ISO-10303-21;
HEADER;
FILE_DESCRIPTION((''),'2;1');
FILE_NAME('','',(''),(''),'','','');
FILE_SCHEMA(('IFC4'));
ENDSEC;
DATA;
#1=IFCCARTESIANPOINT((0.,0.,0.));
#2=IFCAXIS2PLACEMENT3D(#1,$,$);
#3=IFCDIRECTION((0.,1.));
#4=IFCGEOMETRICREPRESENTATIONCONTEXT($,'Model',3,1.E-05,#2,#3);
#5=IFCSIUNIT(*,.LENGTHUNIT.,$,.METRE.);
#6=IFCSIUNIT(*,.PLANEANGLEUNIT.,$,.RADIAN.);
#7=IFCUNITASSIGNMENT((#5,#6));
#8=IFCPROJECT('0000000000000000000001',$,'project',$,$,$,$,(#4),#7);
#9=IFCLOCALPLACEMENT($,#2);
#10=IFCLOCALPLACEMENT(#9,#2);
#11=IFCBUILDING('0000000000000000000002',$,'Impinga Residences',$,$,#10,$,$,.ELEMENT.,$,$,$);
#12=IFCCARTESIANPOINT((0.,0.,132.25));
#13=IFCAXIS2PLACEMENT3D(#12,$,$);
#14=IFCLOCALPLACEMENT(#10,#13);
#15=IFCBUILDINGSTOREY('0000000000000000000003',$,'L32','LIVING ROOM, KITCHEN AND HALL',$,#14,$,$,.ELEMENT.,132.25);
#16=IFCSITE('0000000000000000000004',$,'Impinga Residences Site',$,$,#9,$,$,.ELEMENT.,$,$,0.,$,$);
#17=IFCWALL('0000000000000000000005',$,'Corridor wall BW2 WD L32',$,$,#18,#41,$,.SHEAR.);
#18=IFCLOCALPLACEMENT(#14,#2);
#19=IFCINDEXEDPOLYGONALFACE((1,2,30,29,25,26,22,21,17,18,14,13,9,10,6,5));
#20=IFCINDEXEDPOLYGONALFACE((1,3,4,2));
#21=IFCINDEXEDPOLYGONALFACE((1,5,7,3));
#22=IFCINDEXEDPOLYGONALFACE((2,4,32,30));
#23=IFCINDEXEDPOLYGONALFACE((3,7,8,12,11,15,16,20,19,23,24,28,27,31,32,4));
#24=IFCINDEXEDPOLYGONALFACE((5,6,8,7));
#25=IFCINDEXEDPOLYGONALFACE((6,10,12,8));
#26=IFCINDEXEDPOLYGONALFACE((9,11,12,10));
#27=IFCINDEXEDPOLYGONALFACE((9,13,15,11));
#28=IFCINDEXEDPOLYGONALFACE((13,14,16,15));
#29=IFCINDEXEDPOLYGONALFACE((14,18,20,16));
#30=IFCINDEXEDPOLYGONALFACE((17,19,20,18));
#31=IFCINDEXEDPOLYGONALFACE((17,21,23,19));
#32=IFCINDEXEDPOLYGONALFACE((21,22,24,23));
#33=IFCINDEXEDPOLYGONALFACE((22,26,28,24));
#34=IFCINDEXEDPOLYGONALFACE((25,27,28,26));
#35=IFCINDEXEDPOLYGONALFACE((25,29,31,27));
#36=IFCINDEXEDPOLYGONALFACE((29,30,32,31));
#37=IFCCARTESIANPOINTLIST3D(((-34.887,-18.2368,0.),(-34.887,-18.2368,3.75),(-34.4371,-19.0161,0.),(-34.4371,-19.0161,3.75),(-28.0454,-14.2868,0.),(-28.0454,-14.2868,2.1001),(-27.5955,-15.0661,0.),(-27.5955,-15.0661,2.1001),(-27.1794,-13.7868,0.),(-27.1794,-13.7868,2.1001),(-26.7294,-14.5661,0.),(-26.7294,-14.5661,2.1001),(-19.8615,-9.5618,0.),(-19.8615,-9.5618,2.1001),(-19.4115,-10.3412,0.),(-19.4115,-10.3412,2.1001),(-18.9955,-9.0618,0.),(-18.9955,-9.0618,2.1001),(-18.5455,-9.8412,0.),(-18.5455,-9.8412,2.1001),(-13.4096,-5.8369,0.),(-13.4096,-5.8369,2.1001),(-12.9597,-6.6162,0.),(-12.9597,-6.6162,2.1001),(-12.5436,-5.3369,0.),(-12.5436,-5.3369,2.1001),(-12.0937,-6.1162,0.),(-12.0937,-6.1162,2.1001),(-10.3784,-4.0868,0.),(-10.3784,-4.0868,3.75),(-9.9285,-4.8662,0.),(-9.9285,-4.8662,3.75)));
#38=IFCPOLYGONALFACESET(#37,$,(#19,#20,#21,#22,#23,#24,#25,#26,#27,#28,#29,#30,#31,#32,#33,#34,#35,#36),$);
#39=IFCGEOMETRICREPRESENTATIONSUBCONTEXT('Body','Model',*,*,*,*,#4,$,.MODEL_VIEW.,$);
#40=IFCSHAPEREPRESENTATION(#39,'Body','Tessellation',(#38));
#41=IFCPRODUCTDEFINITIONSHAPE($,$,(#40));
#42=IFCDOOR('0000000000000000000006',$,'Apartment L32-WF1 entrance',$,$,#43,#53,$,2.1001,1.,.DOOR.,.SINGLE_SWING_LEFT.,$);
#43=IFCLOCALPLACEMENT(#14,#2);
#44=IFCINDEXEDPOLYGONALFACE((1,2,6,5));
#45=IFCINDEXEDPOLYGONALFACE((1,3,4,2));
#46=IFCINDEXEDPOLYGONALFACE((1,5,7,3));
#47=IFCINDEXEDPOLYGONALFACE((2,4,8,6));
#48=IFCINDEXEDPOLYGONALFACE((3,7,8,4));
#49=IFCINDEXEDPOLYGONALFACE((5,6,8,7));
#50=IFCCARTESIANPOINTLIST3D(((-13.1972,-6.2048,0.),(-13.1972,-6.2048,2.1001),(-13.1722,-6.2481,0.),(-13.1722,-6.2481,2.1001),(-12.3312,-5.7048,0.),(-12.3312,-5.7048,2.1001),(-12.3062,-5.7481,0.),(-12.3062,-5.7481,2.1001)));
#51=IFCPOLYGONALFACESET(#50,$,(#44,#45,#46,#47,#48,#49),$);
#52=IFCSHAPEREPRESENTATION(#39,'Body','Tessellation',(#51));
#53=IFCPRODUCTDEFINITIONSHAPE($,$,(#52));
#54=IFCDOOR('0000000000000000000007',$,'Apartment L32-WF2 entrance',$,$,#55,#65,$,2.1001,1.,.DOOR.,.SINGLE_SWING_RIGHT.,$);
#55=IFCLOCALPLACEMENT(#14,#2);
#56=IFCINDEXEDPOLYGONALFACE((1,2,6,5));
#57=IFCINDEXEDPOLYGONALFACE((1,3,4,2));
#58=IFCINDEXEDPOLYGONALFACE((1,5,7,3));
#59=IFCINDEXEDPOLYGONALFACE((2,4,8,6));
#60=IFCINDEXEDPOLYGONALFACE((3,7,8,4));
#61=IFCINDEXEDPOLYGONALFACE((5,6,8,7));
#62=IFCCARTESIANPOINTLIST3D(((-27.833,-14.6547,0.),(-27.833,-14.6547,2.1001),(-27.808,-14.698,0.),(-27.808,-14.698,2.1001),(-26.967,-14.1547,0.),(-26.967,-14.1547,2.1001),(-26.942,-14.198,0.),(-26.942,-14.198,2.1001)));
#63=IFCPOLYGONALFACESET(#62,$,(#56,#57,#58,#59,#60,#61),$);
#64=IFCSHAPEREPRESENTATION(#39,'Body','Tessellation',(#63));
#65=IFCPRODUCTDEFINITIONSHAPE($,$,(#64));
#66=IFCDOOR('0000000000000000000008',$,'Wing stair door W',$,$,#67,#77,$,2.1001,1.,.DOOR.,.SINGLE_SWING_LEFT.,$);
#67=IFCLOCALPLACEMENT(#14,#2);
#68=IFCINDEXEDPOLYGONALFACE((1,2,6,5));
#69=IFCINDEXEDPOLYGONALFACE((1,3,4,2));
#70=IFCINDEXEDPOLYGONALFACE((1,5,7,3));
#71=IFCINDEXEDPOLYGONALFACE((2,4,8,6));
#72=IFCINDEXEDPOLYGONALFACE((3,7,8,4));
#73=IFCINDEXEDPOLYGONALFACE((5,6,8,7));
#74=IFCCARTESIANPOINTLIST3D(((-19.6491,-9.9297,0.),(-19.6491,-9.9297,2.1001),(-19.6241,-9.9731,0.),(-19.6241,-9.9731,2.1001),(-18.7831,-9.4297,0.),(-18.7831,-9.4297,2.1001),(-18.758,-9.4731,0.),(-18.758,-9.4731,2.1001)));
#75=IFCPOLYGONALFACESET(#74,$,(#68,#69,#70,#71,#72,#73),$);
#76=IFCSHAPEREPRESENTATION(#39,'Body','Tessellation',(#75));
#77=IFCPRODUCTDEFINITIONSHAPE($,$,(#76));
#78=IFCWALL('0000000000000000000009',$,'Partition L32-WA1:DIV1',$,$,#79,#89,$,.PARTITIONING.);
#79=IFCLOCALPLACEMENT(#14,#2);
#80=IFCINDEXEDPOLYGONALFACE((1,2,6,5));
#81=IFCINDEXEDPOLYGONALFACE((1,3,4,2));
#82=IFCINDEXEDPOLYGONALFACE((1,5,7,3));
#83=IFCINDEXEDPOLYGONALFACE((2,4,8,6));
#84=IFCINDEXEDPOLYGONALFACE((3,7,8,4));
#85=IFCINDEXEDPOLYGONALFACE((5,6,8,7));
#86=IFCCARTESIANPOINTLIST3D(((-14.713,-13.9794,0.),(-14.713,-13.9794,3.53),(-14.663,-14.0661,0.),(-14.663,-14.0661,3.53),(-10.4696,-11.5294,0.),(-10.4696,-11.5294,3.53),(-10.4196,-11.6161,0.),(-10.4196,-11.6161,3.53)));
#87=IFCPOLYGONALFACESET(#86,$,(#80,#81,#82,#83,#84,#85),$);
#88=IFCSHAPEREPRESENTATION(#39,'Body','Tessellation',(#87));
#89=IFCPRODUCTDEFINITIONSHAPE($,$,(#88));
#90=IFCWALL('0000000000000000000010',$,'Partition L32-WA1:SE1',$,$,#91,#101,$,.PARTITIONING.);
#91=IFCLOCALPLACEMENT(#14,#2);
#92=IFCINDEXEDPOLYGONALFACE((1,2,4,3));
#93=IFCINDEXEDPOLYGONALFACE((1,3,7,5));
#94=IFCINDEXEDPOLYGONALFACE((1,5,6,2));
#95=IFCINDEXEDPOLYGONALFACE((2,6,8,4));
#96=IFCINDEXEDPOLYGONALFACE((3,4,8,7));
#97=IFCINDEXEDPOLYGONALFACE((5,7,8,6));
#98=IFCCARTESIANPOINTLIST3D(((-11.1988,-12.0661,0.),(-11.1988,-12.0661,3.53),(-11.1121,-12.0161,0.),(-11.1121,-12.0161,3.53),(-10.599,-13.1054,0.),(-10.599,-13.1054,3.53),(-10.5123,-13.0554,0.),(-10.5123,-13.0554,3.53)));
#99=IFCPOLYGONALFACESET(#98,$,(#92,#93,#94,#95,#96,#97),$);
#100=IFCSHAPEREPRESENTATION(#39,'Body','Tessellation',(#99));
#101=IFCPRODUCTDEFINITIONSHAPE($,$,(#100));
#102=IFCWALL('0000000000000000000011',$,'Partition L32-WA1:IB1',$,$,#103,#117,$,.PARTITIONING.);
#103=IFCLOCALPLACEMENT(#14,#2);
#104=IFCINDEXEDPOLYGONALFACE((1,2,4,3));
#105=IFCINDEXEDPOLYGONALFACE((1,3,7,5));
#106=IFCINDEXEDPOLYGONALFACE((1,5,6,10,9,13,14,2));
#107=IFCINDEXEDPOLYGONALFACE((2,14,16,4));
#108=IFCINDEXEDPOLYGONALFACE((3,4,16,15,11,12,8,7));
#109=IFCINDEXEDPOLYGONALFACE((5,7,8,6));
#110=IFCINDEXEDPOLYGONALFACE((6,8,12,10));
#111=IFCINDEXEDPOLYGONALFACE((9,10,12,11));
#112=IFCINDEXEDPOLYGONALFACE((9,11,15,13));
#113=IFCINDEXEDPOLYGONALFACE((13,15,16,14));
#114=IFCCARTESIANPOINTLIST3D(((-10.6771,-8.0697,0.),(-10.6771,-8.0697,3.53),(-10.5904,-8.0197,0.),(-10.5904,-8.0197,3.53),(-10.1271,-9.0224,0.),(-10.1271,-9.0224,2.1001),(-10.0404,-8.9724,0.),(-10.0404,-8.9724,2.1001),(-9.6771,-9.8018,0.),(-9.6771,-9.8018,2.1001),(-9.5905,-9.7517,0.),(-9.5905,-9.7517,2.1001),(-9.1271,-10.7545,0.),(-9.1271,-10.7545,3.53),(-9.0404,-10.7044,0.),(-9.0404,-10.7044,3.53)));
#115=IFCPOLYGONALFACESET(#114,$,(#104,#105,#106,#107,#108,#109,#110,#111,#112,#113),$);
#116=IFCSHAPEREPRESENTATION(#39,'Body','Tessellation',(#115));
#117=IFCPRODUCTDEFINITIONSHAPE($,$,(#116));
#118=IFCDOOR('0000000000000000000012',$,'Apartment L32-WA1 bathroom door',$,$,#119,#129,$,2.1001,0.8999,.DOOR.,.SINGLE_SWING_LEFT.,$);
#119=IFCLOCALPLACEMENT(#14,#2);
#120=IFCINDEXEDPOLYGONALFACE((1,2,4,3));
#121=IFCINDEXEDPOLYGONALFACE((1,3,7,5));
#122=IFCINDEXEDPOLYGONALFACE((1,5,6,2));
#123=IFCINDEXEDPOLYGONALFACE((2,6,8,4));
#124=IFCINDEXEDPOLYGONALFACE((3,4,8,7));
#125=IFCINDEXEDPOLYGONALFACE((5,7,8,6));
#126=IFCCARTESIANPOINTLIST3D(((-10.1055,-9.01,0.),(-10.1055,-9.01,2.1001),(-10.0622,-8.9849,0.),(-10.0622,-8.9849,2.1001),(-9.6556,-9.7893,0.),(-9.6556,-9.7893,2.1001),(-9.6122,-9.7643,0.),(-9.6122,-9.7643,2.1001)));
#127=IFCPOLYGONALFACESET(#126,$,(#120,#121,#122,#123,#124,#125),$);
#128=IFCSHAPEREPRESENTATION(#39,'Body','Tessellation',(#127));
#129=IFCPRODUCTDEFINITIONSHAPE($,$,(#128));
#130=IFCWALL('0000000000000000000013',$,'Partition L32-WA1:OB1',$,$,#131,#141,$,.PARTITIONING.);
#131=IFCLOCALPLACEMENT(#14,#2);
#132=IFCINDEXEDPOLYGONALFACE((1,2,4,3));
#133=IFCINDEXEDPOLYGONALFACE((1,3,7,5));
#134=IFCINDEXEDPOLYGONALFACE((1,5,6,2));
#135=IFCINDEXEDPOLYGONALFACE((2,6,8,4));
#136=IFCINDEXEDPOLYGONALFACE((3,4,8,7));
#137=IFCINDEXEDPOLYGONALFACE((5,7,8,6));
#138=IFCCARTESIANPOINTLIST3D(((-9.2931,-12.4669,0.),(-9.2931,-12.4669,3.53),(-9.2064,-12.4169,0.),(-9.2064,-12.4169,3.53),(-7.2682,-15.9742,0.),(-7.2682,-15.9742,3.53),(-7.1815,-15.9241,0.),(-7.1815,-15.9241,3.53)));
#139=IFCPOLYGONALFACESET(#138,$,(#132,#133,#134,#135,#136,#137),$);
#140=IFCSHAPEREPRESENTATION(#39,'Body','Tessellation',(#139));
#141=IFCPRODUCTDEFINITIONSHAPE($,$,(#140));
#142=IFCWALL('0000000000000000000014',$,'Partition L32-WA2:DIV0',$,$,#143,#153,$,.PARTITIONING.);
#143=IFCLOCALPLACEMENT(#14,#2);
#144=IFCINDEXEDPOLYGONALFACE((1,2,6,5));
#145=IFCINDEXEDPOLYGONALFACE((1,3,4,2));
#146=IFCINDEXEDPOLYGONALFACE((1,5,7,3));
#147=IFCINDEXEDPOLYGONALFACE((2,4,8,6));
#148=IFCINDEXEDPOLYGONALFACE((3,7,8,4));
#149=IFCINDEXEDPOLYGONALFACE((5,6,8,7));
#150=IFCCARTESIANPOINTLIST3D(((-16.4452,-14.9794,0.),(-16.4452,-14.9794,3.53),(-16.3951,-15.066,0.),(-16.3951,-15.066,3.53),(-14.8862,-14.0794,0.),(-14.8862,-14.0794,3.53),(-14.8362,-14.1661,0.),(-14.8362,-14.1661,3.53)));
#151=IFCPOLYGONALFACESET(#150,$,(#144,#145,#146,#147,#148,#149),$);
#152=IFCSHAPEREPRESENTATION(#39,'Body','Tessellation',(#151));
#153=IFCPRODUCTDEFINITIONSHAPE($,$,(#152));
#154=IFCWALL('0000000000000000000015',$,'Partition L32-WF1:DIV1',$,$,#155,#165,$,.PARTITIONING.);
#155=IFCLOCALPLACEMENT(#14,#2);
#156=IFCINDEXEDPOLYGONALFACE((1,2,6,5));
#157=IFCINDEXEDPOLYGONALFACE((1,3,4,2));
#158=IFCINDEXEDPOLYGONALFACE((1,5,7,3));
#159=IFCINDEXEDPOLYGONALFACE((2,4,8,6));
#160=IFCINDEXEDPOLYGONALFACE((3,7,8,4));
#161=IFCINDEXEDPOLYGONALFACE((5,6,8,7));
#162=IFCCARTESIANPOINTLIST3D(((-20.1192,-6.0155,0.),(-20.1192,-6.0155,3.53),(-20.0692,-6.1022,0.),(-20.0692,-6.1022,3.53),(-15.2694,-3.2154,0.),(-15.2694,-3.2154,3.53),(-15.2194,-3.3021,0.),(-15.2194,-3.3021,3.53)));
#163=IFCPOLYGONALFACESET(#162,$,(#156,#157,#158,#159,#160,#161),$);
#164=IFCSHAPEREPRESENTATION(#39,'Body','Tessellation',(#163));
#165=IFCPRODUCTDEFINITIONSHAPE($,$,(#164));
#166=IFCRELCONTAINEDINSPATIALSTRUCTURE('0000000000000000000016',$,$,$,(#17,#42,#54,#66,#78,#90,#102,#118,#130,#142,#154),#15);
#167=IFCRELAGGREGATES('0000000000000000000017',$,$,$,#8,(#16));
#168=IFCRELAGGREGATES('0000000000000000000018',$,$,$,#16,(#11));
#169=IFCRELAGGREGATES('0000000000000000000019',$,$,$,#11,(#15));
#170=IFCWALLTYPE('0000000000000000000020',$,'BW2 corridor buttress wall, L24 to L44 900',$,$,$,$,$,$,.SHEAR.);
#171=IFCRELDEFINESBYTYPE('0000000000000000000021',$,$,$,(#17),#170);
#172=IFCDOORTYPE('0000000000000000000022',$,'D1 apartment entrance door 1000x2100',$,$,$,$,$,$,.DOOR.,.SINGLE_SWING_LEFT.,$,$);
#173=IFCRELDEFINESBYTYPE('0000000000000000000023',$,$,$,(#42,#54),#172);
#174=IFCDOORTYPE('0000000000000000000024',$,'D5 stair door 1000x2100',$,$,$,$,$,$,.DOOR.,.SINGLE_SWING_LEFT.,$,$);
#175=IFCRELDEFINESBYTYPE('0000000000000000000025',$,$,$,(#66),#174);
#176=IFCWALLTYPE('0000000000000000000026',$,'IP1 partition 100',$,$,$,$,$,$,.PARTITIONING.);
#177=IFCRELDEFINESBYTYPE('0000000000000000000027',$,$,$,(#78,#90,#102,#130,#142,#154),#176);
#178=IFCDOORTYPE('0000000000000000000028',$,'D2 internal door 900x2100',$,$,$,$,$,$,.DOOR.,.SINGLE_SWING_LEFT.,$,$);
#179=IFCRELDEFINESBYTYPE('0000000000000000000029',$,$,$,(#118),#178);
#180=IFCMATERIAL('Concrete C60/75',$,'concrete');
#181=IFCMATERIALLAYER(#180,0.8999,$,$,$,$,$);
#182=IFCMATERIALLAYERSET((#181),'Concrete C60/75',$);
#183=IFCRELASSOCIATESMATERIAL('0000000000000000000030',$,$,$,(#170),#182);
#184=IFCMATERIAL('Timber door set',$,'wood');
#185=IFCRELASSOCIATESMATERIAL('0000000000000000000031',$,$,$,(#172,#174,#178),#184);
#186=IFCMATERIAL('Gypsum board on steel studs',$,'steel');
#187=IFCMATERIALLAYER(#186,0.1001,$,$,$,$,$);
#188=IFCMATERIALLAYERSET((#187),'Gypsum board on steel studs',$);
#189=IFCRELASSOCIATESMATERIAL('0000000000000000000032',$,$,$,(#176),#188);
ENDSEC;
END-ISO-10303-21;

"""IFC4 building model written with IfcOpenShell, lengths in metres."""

from ifc_helpers import new_model, si_unit, direction, frame, frame_2d, origin, place, context, subcontext, project, spatial, rectangle, extrude, material, layer, layer_set, type_object, element, fill, save


model = new_model("IFC4")

# Units and contexts
model_context = context("Model", 3, precision=1e-05, world=origin(), true_north=direction((0.0, 1.0)))
body_context = subcontext(model_context, "Body", "Model", "MODEL_VIEW")
ifc_project = project(units=[si_unit("LENGTHUNIT", "METRE"), si_unit("PLANEANGLEUNIT", "RADIAN")], contexts=[model_context])

# Site, building, storey
site_placement = place(None, origin())
site = spatial("IfcSite", under=ifc_project, at=site_placement, Name="Impinga Residences Site", CompositionType="ELEMENT", RefElevation=0.0)
building_placement = place(site_placement, origin())
building = spatial("IfcBuilding", under=site, at=building_placement, Name="Impinga Residences", CompositionType="ELEMENT")
storey_placement = place(building_placement, frame((0.0, 0.0, 132.25)))
storey = spatial("IfcBuildingStorey", under=building, at=storey_placement, Name="L32", Description="LIVING ROOM, KITCHEN AND HALL", CompositionType="ELEMENT", Elevation=132.25)

# Shared definitions
ifc_material_1 = material(Name="Concrete C60/75", Category="concrete")

# Wall, openings, doors
ifc_layer_1 = layer(ifc_material_1, 0.8999)
ifc_layer_set_1 = layer_set([ifc_layer_1], Name="Concrete C60/75")
wall_type_1 = type_object("IfcWallType", Name="BW2 corridor buttress wall, L24 to L44 900", PredefinedType="SHEAR", material=ifc_layer_set_1)
ifc_material_2 = material(Name="Timber door set", Category="wood")
door_type_1 = type_object("IfcDoorType", Name="D1 apartment entrance door 1000x2100", OperationType="SINGLE_SWING_LEFT", PredefinedType="DOOR", material=ifc_material_2)
wall_1_placement = place(storey_placement, frame((-10.1536, -4.4766, 0.0), z_axis=(0.0, 0.0, 1.0), x_axis=(-0.866027, -0.499997, 0.0)))
wall_1 = element("IfcWall", 1, at=wall_1_placement, inside=storey, type_object=wall_type_1, Name="Corridor wall BW2 WD L32", PredefinedType="SHEAR", context=body_context, shape_type="SweptSolid", body=[
    extrude(rectangle(XDim=28.3, YDim=0.8999, at=frame_2d((14.1499, 0.0))), origin(), (0.0, 0.0, 1.0), 3.75),
])
opening_1_placement = place(wall_1_placement, frame((9.95, 0.0, 0.0)))
opening_1 = element("IfcOpeningElement", 2, at=opening_1_placement, cuts=wall_1, PredefinedType="OPENING", context=body_context, shape_type="SweptSolid", body=[
    extrude(rectangle(XDim=1.0, YDim=2.1001, at=frame_2d((0.5, 1.05))), frame((0.0, 0.46, 0.0), z_axis=(0.0, -1.0, 0.0), x_axis=(1.0, 0.0, 0.0)), (0.0, 0.0, 1.0), 0.9199),
])
opening_2_placement = place(wall_1_placement, frame((2.5, 0.0, 0.0)))
opening_2 = element("IfcOpeningElement", 3, at=opening_2_placement, cuts=wall_1, PredefinedType="OPENING", context=body_context, shape_type="SweptSolid", body=[
    extrude(rectangle(XDim=1.0, YDim=2.1001, at=frame_2d((0.5, 1.05))), frame((0.0, 0.46, 0.0), z_axis=(0.0, -1.0, 0.0), x_axis=(1.0, 0.0, 0.0)), (0.0, 0.0, 1.0), 0.9199),
])
opening_3_placement = place(wall_1_placement, frame((19.3999, 0.0, 0.0)))
opening_3 = element("IfcOpeningElement", 4, at=opening_3_placement, cuts=wall_1, PredefinedType="OPENING", context=body_context, shape_type="SweptSolid", body=[
    extrude(rectangle(XDim=1.0, YDim=2.1001, at=frame_2d((0.5, 1.05))), frame((0.0, 0.46, 0.0), z_axis=(0.0, -1.0, 0.0), x_axis=(1.0, 0.0, 0.0)), (0.0, 0.0, 1.0), 0.9199),
])
door_1_placement = place(opening_2_placement, origin())
door_1 = element("IfcDoor", 5, at=door_1_placement, inside=storey, type_object=door_type_1, Name="Apartment L32-WF1 entrance", OperationType="SINGLE_SWING_LEFT", OverallHeight=2.1001, OverallWidth=1.0, PredefinedType="DOOR", context=body_context, shape_type="SweptSolid", body=[
    extrude(rectangle(XDim=1.0, YDim=2.1001, at=frame_2d((0.5, 1.05))), frame((0.0, 0.0249, 0.0), z_axis=(0.0, -1.0, 0.0), x_axis=(1.0, 0.0, 0.0)), (0.0, 0.0, 1.0), 0.05),
])
fill(opening_2, door_1)
door_2_placement = place(opening_3_placement, origin())
door_2 = element("IfcDoor", 6, at=door_2_placement, inside=storey, type_object=door_type_1, Name="Apartment L32-WF2 entrance", OperationType="SINGLE_SWING_RIGHT", OverallHeight=2.1001, OverallWidth=1.0, PredefinedType="DOOR", context=body_context, shape_type="SweptSolid", body=[
    extrude(rectangle(XDim=1.0, YDim=2.1001, at=frame_2d((0.5, 1.05))), frame((0.0, 0.0249, 0.0), z_axis=(0.0, -1.0, 0.0), x_axis=(1.0, 0.0, 0.0)), (0.0, 0.0, 1.0), 0.05),
])
fill(opening_3, door_2)
door_type_2 = type_object("IfcDoorType", Name="D5 stair door 1000x2100", OperationType="SINGLE_SWING_LEFT", PredefinedType="DOOR", material=ifc_material_2)
door_3_placement = place(opening_1_placement, origin())
door_3 = element("IfcDoor", 7, at=door_3_placement, inside=storey, type_object=door_type_2, Name="Wing stair door W", OperationType="SINGLE_SWING_LEFT", OverallHeight=2.1001, OverallWidth=1.0, PredefinedType="DOOR", context=body_context, shape_type="SweptSolid", body=[
    extrude(rectangle(XDim=1.0, YDim=2.1001, at=frame_2d((0.5, 1.05))), frame((0.0, 0.0249, 0.0), z_axis=(0.0, -1.0, 0.0), x_axis=(1.0, 0.0, 0.0)), (0.0, 0.0, 1.0), 0.05),
])
fill(opening_1, door_3)

# Walls
ifc_material_3 = material(Name="Gypsum board on steel studs", Category="steel")
ifc_layer_2 = layer(ifc_material_3, 0.1001)
ifc_layer_set_2 = layer_set([ifc_layer_2], Name="Gypsum board on steel studs")
wall_type_2 = type_object("IfcWallType", Name="IP1 partition 100", PredefinedType="PARTITIONING", material=ifc_layer_set_2)
wall_2_placement = place(storey_placement, frame((-10.4446, -11.5728, 0.0), z_axis=(0.0, 0.0, 1.0), x_axis=(-0.866024, -0.500003, 0.0)))
element("IfcWall", 8, at=wall_2_placement, inside=storey, type_object=wall_type_2, Name="Partition L32-WA1:DIV1", PredefinedType="PARTITIONING", context=body_context, shape_type="SweptSolid", body=[
    extrude(rectangle(XDim=4.8999, YDim=0.1001, at=frame_2d((2.45, 0.0))), origin(), (0.0, 0.0, 1.0), 3.53),
])
wall_3_placement = place(storey_placement, frame((-11.1555, -12.041, 0.0), z_axis=(0.0, 0.0, 1.0), x_axis=(0.499881, -0.866094, 0.0)))
element("IfcWall", 9, at=wall_3_placement, inside=storey, type_object=wall_type_2, Name="Partition L32-WA1:SE1", PredefinedType="PARTITIONING", context=body_context, shape_type="SweptSolid", body=[
    extrude(rectangle(XDim=1.2, YDim=0.1001, at=frame_2d((0.6001, 0.0))), origin(), (0.0, 0.0, 1.0), 3.53),
])

# Wall, opening, door
wall_4_placement = place(storey_placement, frame((-10.6338, -8.0447, 0.0), z_axis=(0.0, 0.0, 1.0), x_axis=(0.499993, -0.86603, 0.0)))
wall_4 = element("IfcWall", 10, at=wall_4_placement, inside=storey, type_object=wall_type_2, Name="Partition L32-WA1:IB1", PredefinedType="PARTITIONING", context=body_context, shape_type="SweptSolid", body=[
    extrude(rectangle(XDim=3.1001, YDim=0.1001, at=frame_2d((1.55, 0.0))), origin(), (0.0, 0.0, 1.0), 3.53),
])
opening_4_placement = place(wall_4_placement, frame((1.1001, 0.0, 0.0)))
opening_4 = element("IfcOpeningElement", 11, at=opening_4_placement, cuts=wall_4, PredefinedType="OPENING", context=body_context, shape_type="SweptSolid", body=[
    extrude(rectangle(XDim=0.8999, YDim=2.1001, at=frame_2d((0.45, 1.05))), frame((0.0, 0.0601, 0.0), z_axis=(0.0, -1.0, 0.0), x_axis=(1.0, 0.0, 0.0)), (0.0, 0.0, 1.0), 0.1201),
])
door_type_3 = type_object("IfcDoorType", Name="D2 internal door 900x2100", OperationType="SINGLE_SWING_LEFT", PredefinedType="DOOR", material=ifc_material_2)
door_4_placement = place(opening_4_placement, origin())
door_4 = element("IfcDoor", 12, at=door_4_placement, inside=storey, type_object=door_type_3, Name="Apartment L32-WA1 bathroom door", OperationType="SINGLE_SWING_LEFT", OverallHeight=2.1001, OverallWidth=0.8999, PredefinedType="DOOR", context=body_context, shape_type="SweptSolid", body=[
    extrude(rectangle(XDim=0.8999, YDim=2.1001, at=frame_2d((0.45, 1.05))), frame((0.0, 0.0249, 0.0), z_axis=(0.0, -1.0, 0.0), x_axis=(1.0, 0.0, 0.0)), (0.0, 0.0, 1.0), 0.05),
])
fill(opening_4, door_4)

# Walls
wall_5_placement = place(storey_placement, frame((-9.2498, -12.4419, 0.0), z_axis=(0.0, 0.0, 1.0), x_axis=(0.49999, -0.866031, 0.0)))
element("IfcWall", 13, at=wall_5_placement, inside=storey, type_object=wall_type_2, Name="Partition L32-WA1:OB1", PredefinedType="PARTITIONING", context=body_context, shape_type="SweptSolid", body=[
    extrude(rectangle(XDim=4.0498, YDim=0.1001, at=frame_2d((2.0249, 0.0))), origin(), (0.0, 0.0, 1.0), 3.53),
])
wall_6_placement = place(storey_placement, frame((-14.8613, -14.1228, 0.0), z_axis=(0.0, 0.0, 1.0), x_axis=(-0.866048, -0.499961, 0.0)))
element("IfcWall", 14, at=wall_6_placement, inside=storey, type_object=wall_type_2, Name="Partition L32-WA2:DIV0", PredefinedType="PARTITIONING", context=body_context, shape_type="SweptSolid", body=[
    extrude(rectangle(XDim=1.8, YDim=0.1001, at=frame_2d((0.8999, 0.0))), origin(), (0.0, 0.0, 1.0), 3.53),
])
wall_7_placement = place(storey_placement, frame((-15.2444, -3.2588, 0.0), z_axis=(0.0, 0.0, 1.0), x_axis=(-0.866027, -0.499998, 0.0)))
element("IfcWall", 15, at=wall_7_placement, inside=storey, type_object=wall_type_2, Name="Partition L32-WF1:DIV1", PredefinedType="PARTITIONING", context=body_context, shape_type="SweptSolid", body=[
    extrude(rectangle(XDim=5.6001, YDim=0.1001, at=frame_2d((2.8, 0.0))), origin(), (0.0, 0.0, 1.0), 3.53),
])

save(model, "model.ifc")
